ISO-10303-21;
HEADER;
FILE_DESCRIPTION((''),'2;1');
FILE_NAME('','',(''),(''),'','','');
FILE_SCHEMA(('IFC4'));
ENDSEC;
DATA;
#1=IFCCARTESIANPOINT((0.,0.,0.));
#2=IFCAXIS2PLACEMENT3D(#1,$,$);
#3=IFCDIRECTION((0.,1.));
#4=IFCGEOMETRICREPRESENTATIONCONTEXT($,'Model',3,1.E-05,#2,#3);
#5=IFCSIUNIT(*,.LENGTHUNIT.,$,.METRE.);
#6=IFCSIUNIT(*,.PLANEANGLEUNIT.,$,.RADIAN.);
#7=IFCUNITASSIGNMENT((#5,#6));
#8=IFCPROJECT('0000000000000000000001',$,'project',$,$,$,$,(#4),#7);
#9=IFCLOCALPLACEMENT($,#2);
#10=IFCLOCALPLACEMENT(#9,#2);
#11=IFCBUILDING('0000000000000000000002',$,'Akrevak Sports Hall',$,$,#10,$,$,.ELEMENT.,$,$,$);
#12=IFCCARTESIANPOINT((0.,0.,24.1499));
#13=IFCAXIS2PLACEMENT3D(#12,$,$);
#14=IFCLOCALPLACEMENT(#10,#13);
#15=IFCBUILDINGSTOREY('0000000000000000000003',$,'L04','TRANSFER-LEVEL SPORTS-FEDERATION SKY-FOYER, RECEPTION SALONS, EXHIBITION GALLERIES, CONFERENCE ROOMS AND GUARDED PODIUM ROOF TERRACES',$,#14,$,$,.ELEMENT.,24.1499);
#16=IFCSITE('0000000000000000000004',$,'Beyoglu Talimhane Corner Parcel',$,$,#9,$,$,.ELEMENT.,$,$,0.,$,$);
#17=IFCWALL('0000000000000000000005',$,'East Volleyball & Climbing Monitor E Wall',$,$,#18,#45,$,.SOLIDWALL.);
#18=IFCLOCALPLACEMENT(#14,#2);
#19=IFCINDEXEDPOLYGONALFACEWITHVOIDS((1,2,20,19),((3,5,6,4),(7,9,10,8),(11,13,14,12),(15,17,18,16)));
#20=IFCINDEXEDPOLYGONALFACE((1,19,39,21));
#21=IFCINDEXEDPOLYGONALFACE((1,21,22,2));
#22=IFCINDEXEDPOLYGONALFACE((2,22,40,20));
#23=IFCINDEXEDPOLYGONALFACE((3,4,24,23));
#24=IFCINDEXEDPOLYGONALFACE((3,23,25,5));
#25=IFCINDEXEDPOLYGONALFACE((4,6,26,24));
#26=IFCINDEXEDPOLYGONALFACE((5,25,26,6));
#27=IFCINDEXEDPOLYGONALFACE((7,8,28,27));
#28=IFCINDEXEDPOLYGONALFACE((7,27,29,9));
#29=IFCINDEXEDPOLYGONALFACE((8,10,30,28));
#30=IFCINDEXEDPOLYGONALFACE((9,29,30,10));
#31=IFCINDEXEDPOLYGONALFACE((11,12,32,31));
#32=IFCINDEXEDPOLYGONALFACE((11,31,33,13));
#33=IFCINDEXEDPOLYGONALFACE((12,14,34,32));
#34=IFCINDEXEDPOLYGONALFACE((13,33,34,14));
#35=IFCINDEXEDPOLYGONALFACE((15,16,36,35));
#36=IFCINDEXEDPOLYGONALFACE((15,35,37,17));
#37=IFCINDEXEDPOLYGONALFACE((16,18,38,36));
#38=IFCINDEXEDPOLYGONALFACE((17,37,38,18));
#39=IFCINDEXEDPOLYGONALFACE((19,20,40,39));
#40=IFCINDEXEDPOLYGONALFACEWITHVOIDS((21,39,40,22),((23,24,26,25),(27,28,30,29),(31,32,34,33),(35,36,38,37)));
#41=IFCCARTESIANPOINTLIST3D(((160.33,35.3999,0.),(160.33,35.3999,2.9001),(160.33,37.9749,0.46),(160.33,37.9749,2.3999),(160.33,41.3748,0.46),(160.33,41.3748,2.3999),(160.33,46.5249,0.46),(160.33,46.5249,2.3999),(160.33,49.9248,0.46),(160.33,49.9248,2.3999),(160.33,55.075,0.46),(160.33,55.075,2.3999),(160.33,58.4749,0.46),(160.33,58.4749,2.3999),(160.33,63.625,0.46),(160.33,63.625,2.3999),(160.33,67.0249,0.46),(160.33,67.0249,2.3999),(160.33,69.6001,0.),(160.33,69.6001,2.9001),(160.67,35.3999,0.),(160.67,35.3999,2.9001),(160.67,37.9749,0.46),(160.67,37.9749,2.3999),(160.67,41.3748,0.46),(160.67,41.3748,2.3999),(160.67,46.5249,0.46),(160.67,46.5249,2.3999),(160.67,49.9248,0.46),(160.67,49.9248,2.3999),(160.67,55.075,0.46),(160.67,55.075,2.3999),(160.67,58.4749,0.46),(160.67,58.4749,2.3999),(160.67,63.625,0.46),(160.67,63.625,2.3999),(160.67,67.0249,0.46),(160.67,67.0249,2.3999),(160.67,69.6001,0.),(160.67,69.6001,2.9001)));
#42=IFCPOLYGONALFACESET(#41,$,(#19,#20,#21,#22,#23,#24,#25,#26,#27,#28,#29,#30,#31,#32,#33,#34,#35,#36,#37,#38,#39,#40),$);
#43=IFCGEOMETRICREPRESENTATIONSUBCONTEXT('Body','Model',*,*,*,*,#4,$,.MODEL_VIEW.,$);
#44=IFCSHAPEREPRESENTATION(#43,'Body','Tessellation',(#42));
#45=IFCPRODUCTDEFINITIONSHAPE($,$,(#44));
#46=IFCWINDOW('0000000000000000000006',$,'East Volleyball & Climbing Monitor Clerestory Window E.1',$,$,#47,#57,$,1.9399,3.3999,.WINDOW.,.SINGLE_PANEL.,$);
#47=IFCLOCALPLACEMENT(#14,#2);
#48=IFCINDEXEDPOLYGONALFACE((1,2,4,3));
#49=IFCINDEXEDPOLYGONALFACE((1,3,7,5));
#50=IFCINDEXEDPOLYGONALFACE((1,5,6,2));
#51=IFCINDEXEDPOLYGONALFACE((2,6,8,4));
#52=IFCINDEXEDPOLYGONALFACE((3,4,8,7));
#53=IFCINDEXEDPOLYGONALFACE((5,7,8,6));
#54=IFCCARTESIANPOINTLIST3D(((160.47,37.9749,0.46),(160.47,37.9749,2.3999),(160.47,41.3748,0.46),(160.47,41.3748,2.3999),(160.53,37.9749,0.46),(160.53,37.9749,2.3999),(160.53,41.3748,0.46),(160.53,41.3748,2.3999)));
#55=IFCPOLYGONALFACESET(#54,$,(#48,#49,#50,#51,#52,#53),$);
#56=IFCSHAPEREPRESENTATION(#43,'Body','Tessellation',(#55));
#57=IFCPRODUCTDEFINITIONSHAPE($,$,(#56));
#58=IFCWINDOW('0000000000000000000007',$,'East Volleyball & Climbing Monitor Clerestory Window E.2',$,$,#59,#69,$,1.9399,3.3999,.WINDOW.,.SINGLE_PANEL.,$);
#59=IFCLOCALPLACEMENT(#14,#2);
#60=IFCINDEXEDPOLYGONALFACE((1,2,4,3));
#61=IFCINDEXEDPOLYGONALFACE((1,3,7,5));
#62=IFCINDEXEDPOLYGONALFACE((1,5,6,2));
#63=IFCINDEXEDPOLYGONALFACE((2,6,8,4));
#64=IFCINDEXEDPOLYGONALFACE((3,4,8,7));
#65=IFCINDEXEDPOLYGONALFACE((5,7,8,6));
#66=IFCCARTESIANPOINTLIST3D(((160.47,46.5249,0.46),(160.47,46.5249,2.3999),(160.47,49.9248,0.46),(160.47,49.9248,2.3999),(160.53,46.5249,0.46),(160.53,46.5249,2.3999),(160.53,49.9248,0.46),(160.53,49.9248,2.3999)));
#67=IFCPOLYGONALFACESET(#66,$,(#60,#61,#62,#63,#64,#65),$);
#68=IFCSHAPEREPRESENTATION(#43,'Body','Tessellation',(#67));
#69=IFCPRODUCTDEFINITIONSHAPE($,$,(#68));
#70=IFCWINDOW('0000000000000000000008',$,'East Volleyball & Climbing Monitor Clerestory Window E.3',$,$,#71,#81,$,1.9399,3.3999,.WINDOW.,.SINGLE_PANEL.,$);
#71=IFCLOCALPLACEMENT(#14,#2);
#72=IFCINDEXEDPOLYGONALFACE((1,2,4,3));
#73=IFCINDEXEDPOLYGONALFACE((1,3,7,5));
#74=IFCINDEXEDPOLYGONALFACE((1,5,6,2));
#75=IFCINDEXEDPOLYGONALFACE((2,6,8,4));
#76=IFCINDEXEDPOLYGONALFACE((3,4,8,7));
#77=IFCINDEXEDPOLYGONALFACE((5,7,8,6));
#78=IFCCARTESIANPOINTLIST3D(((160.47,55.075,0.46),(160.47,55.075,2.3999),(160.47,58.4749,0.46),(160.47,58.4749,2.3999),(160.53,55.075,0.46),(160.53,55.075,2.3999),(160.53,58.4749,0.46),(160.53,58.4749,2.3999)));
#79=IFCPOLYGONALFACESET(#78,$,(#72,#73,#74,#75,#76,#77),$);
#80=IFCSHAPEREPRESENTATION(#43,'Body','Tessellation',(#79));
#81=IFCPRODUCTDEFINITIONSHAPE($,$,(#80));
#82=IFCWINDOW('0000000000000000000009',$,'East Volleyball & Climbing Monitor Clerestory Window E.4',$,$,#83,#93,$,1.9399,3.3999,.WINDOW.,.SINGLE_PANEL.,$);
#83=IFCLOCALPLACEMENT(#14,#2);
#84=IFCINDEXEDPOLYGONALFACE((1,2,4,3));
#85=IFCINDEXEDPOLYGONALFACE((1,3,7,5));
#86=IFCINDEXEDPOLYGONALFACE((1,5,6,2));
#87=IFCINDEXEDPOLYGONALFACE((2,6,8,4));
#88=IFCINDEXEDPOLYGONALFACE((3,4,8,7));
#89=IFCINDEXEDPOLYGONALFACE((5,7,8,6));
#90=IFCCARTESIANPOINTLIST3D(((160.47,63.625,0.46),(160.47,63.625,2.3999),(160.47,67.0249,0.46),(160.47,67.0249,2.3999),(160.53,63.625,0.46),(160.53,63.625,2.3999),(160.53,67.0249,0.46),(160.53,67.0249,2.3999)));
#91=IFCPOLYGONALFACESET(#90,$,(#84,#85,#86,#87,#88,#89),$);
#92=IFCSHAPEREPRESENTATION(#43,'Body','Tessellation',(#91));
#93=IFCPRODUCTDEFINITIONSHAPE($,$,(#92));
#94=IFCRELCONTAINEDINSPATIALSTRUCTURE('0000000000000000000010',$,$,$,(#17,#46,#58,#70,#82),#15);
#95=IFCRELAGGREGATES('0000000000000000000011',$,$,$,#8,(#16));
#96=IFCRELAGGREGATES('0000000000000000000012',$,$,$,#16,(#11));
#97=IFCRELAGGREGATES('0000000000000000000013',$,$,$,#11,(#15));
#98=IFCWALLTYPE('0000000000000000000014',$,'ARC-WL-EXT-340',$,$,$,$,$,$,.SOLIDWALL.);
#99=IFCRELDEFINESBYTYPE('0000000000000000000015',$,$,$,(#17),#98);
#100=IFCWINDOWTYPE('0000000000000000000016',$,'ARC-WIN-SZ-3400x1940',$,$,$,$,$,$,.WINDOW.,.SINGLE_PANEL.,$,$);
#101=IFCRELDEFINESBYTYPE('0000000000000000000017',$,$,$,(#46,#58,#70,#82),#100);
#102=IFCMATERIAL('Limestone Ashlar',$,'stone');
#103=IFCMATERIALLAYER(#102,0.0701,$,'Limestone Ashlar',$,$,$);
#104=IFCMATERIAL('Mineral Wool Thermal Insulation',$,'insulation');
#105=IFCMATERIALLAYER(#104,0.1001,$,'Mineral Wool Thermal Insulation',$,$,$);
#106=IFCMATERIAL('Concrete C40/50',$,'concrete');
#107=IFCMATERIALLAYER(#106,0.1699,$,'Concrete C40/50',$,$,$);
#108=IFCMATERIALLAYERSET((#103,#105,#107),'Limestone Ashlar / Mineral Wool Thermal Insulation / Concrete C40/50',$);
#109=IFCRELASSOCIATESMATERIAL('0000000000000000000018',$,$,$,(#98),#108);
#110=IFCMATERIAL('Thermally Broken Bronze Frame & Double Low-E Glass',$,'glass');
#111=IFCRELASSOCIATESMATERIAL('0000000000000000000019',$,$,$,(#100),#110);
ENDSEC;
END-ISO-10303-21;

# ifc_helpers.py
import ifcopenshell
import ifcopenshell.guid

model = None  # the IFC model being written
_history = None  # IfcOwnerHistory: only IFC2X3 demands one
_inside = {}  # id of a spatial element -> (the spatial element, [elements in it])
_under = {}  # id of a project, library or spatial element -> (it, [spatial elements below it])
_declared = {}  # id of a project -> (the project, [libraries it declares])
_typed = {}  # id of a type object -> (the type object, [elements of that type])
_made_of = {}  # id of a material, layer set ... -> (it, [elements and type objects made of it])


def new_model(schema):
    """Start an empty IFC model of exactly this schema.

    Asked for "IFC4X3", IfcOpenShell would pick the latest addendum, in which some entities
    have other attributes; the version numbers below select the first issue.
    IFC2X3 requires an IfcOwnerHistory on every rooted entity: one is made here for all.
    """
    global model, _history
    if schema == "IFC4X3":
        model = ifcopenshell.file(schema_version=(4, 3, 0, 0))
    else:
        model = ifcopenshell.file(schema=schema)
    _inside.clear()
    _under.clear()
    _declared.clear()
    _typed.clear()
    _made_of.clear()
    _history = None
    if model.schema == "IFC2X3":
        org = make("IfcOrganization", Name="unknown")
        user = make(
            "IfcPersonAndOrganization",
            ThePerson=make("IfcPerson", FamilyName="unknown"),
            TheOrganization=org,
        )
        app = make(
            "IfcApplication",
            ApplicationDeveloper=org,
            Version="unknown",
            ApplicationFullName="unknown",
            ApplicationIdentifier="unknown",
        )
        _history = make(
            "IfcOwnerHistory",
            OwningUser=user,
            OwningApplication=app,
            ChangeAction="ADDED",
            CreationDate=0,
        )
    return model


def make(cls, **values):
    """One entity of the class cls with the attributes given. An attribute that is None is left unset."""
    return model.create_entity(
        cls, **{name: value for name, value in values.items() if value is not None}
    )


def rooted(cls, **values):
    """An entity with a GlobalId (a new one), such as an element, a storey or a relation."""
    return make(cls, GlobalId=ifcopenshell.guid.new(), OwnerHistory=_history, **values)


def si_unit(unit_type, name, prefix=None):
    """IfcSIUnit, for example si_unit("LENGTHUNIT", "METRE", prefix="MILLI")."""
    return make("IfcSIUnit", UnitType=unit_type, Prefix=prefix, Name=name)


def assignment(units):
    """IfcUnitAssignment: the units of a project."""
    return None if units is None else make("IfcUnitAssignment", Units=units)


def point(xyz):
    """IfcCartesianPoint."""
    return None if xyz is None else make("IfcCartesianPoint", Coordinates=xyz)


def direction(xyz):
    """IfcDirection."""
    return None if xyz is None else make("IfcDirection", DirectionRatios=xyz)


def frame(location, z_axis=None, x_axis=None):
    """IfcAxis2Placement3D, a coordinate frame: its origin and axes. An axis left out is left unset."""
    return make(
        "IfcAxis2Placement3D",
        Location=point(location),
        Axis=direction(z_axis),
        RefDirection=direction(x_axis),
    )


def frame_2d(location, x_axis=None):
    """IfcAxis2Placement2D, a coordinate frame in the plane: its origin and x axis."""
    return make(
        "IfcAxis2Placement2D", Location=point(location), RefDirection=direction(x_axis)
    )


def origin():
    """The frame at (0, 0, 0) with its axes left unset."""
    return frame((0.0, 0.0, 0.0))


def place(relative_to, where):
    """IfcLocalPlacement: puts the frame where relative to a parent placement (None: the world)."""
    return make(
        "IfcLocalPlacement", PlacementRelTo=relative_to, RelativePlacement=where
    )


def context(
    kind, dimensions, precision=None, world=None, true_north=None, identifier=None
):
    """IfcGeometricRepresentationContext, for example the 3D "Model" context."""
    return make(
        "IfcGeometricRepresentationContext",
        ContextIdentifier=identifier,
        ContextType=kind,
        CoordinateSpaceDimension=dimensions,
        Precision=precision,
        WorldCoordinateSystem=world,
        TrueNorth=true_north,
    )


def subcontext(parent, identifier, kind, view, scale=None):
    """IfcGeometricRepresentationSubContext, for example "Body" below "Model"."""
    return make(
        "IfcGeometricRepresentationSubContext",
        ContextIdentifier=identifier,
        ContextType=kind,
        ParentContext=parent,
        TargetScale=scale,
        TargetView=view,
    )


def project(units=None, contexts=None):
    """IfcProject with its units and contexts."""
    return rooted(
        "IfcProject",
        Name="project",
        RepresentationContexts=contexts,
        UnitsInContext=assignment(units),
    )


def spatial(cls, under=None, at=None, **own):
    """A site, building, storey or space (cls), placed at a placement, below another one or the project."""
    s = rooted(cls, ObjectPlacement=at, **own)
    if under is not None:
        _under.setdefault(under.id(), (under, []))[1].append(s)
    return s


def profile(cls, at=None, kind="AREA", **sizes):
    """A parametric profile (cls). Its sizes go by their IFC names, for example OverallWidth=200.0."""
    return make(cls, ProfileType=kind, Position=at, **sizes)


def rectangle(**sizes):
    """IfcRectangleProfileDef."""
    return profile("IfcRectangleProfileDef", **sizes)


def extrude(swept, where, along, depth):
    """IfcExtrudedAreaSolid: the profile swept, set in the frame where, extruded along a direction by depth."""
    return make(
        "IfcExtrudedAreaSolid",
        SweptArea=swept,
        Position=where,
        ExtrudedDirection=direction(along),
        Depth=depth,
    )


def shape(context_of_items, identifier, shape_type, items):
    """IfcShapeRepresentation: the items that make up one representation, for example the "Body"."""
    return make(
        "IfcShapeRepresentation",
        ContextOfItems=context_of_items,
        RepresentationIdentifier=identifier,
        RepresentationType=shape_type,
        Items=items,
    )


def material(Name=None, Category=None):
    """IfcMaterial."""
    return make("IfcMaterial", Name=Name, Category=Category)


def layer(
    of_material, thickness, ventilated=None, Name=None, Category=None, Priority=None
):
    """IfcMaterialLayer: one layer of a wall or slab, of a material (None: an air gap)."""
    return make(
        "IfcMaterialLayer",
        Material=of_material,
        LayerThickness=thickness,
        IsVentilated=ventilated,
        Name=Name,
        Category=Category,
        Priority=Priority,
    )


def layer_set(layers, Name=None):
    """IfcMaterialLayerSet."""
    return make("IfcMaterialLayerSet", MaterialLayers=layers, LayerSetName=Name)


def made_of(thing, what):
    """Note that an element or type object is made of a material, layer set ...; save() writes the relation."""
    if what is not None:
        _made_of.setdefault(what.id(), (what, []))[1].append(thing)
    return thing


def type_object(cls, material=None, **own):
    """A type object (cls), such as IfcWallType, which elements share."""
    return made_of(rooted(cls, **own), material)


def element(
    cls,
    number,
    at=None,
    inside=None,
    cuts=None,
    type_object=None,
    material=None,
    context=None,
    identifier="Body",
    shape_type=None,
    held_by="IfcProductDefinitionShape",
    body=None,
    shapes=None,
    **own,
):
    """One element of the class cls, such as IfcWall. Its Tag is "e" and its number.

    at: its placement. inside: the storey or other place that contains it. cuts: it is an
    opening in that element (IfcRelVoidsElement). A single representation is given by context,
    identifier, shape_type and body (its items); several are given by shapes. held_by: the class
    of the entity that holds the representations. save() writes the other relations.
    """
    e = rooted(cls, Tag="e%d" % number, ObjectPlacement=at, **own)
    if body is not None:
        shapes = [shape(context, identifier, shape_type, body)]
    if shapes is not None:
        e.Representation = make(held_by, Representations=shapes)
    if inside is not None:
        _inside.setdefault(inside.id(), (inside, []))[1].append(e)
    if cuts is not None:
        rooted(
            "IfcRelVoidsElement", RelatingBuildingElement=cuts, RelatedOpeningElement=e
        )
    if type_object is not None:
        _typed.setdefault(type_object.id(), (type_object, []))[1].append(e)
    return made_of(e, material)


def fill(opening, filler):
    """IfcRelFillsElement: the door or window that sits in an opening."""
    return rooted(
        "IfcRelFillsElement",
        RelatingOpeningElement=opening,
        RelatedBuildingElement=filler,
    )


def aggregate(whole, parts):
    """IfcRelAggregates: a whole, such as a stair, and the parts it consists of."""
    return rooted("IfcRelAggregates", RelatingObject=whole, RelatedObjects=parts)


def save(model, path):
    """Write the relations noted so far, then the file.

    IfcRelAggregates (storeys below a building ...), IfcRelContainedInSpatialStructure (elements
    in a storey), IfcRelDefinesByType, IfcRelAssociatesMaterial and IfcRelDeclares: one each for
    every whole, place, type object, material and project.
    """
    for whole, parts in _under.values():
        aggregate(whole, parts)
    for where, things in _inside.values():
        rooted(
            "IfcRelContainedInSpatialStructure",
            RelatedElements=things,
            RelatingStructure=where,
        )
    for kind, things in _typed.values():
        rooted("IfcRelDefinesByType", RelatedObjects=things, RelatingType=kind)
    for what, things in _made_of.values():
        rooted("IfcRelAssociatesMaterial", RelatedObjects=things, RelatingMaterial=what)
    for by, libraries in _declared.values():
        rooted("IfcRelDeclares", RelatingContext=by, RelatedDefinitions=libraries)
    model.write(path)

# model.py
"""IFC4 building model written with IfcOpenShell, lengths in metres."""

from ifc_helpers import new_model, si_unit, direction, frame, frame_2d, origin, place, context, subcontext, project, spatial, rectangle, extrude, material, layer, layer_set, type_object, element, fill, save


model = new_model("IFC4")

# Units and contexts
model_context = context("Model", 3, precision=1e-05, world=origin(), true_north=direction((0.0, 1.0)))
body_context = subcontext(model_context, "Body", "Model", "MODEL_VIEW")
ifc_project = project(units=[si_unit("LENGTHUNIT", "METRE"), si_unit("PLANEANGLEUNIT", "RADIAN")], contexts=[model_context])

# Site, building, storey
site_placement = place(None, origin())
site = spatial("IfcSite", under=ifc_project, at=site_placement, Name="Beyoglu Talimhane Corner Parcel", CompositionType="ELEMENT", RefElevation=0.0)
building_placement = place(site_placement, origin())
building = spatial("IfcBuilding", under=site, at=building_placement, Name="Akrevak Sports Hall", CompositionType="ELEMENT")
storey_placement = place(building_placement, frame((0.0, 0.0, 24.1499)))
storey = spatial("IfcBuildingStorey", under=building, at=storey_placement, Name="L04", Description="TRANSFER-LEVEL SPORTS-FEDERATION SKY-FOYER, RECEPTION SALONS, EXHIBITION GALLERIES, CONFERENCE ROOMS AND GUARDED PODIUM ROOF TERRACES", CompositionType="ELEMENT", Elevation=24.1499)

# Wall, openings, windows
ifc_material_1 = material(Name="Limestone Ashlar", Category="stone")
ifc_layer_1 = layer(ifc_material_1, 0.0701, Name="Limestone Ashlar")
ifc_material_2 = material(Name="Mineral Wool Thermal Insulation", Category="insulation")
ifc_layer_2 = layer(ifc_material_2, 0.1001, Name="Mineral Wool Thermal Insulation")
ifc_material_3 = material(Name="Concrete C40/50", Category="concrete")
ifc_layer_3 = layer(ifc_material_3, 0.1699, Name="Concrete C40/50")
ifc_layer_set = layer_set([ifc_layer_1, ifc_layer_2, ifc_layer_3], Name="Limestone Ashlar / Mineral Wool Thermal Insulation / Concrete C40/50")
wall_type = type_object("IfcWallType", Name="ARC-WL-EXT-340", PredefinedType="SOLIDWALL", material=ifc_layer_set)
wall_placement = place(storey_placement, frame((160.5, 35.3999, 0.0), z_axis=(0.0, 0.0, 1.0), x_axis=(0.0, 1.0, 0.0)))
wall = element("IfcWall", 1, at=wall_placement, inside=storey, type_object=wall_type, Name="East Volleyball & Climbing Monitor E Wall", PredefinedType="SOLIDWALL", context=body_context, shape_type="SweptSolid", body=[
    extrude(rectangle(XDim=34.2002, YDim=0.3401, at=frame_2d((17.1001, 0.0))), origin(), (0.0, 0.0, 1.0), 2.9001),
])
opening_1_placement = place(wall_placement, frame((2.575, 0.0, 0.46)))
opening_1 = element("IfcOpeningElement", 2, at=opening_1_placement, cuts=wall, PredefinedType="OPENING", context=body_context, shape_type="SweptSolid", body=[
    extrude(rectangle(XDim=3.3999, YDim=1.9399, at=frame_2d((1.7, 0.97))), frame((0.0, 0.1821, 0.0), z_axis=(0.0, -1.0, 0.0), x_axis=(1.0, 0.0, 0.0)), (0.0, 0.0, 1.0), 0.364),
])
opening_2_placement = place(wall_placement, frame((11.125, 0.0, 0.46)))
opening_2 = element("IfcOpeningElement", 3, at=opening_2_placement, cuts=wall, PredefinedType="OPENING", context=body_context, shape_type="SweptSolid", body=[
    extrude(rectangle(XDim=3.3999, YDim=1.9399, at=frame_2d((1.7, 0.97))), frame((0.0, 0.1821, 0.0), z_axis=(0.0, -1.0, 0.0), x_axis=(1.0, 0.0, 0.0)), (0.0, 0.0, 1.0), 0.364),
])
opening_3_placement = place(wall_placement, frame((19.675, 0.0, 0.46)))
opening_3 = element("IfcOpeningElement", 4, at=opening_3_placement, cuts=wall, PredefinedType="OPENING", context=body_context, shape_type="SweptSolid", body=[
    extrude(rectangle(XDim=3.3999, YDim=1.9399, at=frame_2d((1.7, 0.97))), frame((0.0, 0.1821, 0.0), z_axis=(0.0, -1.0, 0.0), x_axis=(1.0, 0.0, 0.0)), (0.0, 0.0, 1.0), 0.364),
])
opening_4_placement = place(wall_placement, frame((28.2251, 0.0, 0.46)))
opening_4 = element("IfcOpeningElement", 5, at=opening_4_placement, cuts=wall, PredefinedType="OPENING", context=body_context, shape_type="SweptSolid", body=[
    extrude(rectangle(XDim=3.3999, YDim=1.9399, at=frame_2d((1.7, 0.97))), frame((0.0, 0.1821, 0.0), z_axis=(0.0, -1.0, 0.0), x_axis=(1.0, 0.0, 0.0)), (0.0, 0.0, 1.0), 0.364),
])
ifc_material_4 = material(Name="Thermally Broken Bronze Frame & Double Low-E Glass", Category="glass")
window_type = type_object("IfcWindowType", Name="ARC-WIN-SZ-3400x1940", PartitioningType="SINGLE_PANEL", PredefinedType="WINDOW", material=ifc_material_4)
window_1_placement = place(opening_1_placement, origin())
window_1 = element("IfcWindow", 6, at=window_1_placement, inside=storey, type_object=window_type, Name="East Volleyball & Climbing Monitor Clerestory Window E.1", OverallHeight=1.9399, OverallWidth=3.3999, PartitioningType="SINGLE_PANEL", PredefinedType="WINDOW", context=body_context, shape_type="SweptSolid", body=[
    extrude(rectangle(XDim=3.3999, YDim=1.9399, at=frame_2d((1.7, 0.97))), frame((0.0, 0.03, 0.0), z_axis=(0.0, -1.0, 0.0), x_axis=(1.0, 0.0, 0.0)), (0.0, 0.0, 1.0), 0.0601),
])
fill(opening_1, window_1)
window_2_placement = place(opening_2_placement, origin())
window_2 = element("IfcWindow", 7, at=window_2_placement, inside=storey, type_object=window_type, Name="East Volleyball & Climbing Monitor Clerestory Window E.2", OverallHeight=1.9399, OverallWidth=3.3999, PartitioningType="SINGLE_PANEL", PredefinedType="WINDOW", context=body_context, shape_type="SweptSolid", body=[
    extrude(rectangle(XDim=3.3999, YDim=1.9399, at=frame_2d((1.7, 0.97))), frame((0.0, 0.03, 0.0), z_axis=(0.0, -1.0, 0.0), x_axis=(1.0, 0.0, 0.0)), (0.0, 0.0, 1.0), 0.0601),
])
fill(opening_2, window_2)
window_3_placement = place(opening_3_placement, origin())
window_3 = element("IfcWindow", 8, at=window_3_placement, inside=storey, type_object=window_type, Name="East Volleyball & Climbing Monitor Clerestory Window E.3", OverallHeight=1.9399, OverallWidth=3.3999, PartitioningType="SINGLE_PANEL", PredefinedType="WINDOW", context=body_context, shape_type="SweptSolid", body=[
    extrude(rectangle(XDim=3.3999, YDim=1.9399, at=frame_2d((1.7, 0.97))), frame((0.0, 0.03, 0.0), z_axis=(0.0, -1.0, 0.0), x_axis=(1.0, 0.0, 0.0)), (0.0, 0.0, 1.0), 0.0601),
])
fill(opening_3, window_3)
window_4_placement = place(opening_4_placement, origin())
window_4 = element("IfcWindow", 9, at=window_4_placement, inside=storey, type_object=window_type, Name="East Volleyball & Climbing Monitor Clerestory Window E.4", OverallHeight=1.9399, OverallWidth=3.3999, PartitioningType="SINGLE_PANEL", PredefinedType="WINDOW", context=body_context, shape_type="SweptSolid", body=[
    extrude(rectangle(XDim=3.3999, YDim=1.9399, at=frame_2d((1.7, 0.97))), frame((0.0, 0.03, 0.0), z_axis=(0.0, -1.0, 0.0), x_axis=(1.0, 0.0, 0.0)), (0.0, 0.0, 1.0), 0.0601),
])
fill(opening_4, window_4)

save(model, "model.ifc")
